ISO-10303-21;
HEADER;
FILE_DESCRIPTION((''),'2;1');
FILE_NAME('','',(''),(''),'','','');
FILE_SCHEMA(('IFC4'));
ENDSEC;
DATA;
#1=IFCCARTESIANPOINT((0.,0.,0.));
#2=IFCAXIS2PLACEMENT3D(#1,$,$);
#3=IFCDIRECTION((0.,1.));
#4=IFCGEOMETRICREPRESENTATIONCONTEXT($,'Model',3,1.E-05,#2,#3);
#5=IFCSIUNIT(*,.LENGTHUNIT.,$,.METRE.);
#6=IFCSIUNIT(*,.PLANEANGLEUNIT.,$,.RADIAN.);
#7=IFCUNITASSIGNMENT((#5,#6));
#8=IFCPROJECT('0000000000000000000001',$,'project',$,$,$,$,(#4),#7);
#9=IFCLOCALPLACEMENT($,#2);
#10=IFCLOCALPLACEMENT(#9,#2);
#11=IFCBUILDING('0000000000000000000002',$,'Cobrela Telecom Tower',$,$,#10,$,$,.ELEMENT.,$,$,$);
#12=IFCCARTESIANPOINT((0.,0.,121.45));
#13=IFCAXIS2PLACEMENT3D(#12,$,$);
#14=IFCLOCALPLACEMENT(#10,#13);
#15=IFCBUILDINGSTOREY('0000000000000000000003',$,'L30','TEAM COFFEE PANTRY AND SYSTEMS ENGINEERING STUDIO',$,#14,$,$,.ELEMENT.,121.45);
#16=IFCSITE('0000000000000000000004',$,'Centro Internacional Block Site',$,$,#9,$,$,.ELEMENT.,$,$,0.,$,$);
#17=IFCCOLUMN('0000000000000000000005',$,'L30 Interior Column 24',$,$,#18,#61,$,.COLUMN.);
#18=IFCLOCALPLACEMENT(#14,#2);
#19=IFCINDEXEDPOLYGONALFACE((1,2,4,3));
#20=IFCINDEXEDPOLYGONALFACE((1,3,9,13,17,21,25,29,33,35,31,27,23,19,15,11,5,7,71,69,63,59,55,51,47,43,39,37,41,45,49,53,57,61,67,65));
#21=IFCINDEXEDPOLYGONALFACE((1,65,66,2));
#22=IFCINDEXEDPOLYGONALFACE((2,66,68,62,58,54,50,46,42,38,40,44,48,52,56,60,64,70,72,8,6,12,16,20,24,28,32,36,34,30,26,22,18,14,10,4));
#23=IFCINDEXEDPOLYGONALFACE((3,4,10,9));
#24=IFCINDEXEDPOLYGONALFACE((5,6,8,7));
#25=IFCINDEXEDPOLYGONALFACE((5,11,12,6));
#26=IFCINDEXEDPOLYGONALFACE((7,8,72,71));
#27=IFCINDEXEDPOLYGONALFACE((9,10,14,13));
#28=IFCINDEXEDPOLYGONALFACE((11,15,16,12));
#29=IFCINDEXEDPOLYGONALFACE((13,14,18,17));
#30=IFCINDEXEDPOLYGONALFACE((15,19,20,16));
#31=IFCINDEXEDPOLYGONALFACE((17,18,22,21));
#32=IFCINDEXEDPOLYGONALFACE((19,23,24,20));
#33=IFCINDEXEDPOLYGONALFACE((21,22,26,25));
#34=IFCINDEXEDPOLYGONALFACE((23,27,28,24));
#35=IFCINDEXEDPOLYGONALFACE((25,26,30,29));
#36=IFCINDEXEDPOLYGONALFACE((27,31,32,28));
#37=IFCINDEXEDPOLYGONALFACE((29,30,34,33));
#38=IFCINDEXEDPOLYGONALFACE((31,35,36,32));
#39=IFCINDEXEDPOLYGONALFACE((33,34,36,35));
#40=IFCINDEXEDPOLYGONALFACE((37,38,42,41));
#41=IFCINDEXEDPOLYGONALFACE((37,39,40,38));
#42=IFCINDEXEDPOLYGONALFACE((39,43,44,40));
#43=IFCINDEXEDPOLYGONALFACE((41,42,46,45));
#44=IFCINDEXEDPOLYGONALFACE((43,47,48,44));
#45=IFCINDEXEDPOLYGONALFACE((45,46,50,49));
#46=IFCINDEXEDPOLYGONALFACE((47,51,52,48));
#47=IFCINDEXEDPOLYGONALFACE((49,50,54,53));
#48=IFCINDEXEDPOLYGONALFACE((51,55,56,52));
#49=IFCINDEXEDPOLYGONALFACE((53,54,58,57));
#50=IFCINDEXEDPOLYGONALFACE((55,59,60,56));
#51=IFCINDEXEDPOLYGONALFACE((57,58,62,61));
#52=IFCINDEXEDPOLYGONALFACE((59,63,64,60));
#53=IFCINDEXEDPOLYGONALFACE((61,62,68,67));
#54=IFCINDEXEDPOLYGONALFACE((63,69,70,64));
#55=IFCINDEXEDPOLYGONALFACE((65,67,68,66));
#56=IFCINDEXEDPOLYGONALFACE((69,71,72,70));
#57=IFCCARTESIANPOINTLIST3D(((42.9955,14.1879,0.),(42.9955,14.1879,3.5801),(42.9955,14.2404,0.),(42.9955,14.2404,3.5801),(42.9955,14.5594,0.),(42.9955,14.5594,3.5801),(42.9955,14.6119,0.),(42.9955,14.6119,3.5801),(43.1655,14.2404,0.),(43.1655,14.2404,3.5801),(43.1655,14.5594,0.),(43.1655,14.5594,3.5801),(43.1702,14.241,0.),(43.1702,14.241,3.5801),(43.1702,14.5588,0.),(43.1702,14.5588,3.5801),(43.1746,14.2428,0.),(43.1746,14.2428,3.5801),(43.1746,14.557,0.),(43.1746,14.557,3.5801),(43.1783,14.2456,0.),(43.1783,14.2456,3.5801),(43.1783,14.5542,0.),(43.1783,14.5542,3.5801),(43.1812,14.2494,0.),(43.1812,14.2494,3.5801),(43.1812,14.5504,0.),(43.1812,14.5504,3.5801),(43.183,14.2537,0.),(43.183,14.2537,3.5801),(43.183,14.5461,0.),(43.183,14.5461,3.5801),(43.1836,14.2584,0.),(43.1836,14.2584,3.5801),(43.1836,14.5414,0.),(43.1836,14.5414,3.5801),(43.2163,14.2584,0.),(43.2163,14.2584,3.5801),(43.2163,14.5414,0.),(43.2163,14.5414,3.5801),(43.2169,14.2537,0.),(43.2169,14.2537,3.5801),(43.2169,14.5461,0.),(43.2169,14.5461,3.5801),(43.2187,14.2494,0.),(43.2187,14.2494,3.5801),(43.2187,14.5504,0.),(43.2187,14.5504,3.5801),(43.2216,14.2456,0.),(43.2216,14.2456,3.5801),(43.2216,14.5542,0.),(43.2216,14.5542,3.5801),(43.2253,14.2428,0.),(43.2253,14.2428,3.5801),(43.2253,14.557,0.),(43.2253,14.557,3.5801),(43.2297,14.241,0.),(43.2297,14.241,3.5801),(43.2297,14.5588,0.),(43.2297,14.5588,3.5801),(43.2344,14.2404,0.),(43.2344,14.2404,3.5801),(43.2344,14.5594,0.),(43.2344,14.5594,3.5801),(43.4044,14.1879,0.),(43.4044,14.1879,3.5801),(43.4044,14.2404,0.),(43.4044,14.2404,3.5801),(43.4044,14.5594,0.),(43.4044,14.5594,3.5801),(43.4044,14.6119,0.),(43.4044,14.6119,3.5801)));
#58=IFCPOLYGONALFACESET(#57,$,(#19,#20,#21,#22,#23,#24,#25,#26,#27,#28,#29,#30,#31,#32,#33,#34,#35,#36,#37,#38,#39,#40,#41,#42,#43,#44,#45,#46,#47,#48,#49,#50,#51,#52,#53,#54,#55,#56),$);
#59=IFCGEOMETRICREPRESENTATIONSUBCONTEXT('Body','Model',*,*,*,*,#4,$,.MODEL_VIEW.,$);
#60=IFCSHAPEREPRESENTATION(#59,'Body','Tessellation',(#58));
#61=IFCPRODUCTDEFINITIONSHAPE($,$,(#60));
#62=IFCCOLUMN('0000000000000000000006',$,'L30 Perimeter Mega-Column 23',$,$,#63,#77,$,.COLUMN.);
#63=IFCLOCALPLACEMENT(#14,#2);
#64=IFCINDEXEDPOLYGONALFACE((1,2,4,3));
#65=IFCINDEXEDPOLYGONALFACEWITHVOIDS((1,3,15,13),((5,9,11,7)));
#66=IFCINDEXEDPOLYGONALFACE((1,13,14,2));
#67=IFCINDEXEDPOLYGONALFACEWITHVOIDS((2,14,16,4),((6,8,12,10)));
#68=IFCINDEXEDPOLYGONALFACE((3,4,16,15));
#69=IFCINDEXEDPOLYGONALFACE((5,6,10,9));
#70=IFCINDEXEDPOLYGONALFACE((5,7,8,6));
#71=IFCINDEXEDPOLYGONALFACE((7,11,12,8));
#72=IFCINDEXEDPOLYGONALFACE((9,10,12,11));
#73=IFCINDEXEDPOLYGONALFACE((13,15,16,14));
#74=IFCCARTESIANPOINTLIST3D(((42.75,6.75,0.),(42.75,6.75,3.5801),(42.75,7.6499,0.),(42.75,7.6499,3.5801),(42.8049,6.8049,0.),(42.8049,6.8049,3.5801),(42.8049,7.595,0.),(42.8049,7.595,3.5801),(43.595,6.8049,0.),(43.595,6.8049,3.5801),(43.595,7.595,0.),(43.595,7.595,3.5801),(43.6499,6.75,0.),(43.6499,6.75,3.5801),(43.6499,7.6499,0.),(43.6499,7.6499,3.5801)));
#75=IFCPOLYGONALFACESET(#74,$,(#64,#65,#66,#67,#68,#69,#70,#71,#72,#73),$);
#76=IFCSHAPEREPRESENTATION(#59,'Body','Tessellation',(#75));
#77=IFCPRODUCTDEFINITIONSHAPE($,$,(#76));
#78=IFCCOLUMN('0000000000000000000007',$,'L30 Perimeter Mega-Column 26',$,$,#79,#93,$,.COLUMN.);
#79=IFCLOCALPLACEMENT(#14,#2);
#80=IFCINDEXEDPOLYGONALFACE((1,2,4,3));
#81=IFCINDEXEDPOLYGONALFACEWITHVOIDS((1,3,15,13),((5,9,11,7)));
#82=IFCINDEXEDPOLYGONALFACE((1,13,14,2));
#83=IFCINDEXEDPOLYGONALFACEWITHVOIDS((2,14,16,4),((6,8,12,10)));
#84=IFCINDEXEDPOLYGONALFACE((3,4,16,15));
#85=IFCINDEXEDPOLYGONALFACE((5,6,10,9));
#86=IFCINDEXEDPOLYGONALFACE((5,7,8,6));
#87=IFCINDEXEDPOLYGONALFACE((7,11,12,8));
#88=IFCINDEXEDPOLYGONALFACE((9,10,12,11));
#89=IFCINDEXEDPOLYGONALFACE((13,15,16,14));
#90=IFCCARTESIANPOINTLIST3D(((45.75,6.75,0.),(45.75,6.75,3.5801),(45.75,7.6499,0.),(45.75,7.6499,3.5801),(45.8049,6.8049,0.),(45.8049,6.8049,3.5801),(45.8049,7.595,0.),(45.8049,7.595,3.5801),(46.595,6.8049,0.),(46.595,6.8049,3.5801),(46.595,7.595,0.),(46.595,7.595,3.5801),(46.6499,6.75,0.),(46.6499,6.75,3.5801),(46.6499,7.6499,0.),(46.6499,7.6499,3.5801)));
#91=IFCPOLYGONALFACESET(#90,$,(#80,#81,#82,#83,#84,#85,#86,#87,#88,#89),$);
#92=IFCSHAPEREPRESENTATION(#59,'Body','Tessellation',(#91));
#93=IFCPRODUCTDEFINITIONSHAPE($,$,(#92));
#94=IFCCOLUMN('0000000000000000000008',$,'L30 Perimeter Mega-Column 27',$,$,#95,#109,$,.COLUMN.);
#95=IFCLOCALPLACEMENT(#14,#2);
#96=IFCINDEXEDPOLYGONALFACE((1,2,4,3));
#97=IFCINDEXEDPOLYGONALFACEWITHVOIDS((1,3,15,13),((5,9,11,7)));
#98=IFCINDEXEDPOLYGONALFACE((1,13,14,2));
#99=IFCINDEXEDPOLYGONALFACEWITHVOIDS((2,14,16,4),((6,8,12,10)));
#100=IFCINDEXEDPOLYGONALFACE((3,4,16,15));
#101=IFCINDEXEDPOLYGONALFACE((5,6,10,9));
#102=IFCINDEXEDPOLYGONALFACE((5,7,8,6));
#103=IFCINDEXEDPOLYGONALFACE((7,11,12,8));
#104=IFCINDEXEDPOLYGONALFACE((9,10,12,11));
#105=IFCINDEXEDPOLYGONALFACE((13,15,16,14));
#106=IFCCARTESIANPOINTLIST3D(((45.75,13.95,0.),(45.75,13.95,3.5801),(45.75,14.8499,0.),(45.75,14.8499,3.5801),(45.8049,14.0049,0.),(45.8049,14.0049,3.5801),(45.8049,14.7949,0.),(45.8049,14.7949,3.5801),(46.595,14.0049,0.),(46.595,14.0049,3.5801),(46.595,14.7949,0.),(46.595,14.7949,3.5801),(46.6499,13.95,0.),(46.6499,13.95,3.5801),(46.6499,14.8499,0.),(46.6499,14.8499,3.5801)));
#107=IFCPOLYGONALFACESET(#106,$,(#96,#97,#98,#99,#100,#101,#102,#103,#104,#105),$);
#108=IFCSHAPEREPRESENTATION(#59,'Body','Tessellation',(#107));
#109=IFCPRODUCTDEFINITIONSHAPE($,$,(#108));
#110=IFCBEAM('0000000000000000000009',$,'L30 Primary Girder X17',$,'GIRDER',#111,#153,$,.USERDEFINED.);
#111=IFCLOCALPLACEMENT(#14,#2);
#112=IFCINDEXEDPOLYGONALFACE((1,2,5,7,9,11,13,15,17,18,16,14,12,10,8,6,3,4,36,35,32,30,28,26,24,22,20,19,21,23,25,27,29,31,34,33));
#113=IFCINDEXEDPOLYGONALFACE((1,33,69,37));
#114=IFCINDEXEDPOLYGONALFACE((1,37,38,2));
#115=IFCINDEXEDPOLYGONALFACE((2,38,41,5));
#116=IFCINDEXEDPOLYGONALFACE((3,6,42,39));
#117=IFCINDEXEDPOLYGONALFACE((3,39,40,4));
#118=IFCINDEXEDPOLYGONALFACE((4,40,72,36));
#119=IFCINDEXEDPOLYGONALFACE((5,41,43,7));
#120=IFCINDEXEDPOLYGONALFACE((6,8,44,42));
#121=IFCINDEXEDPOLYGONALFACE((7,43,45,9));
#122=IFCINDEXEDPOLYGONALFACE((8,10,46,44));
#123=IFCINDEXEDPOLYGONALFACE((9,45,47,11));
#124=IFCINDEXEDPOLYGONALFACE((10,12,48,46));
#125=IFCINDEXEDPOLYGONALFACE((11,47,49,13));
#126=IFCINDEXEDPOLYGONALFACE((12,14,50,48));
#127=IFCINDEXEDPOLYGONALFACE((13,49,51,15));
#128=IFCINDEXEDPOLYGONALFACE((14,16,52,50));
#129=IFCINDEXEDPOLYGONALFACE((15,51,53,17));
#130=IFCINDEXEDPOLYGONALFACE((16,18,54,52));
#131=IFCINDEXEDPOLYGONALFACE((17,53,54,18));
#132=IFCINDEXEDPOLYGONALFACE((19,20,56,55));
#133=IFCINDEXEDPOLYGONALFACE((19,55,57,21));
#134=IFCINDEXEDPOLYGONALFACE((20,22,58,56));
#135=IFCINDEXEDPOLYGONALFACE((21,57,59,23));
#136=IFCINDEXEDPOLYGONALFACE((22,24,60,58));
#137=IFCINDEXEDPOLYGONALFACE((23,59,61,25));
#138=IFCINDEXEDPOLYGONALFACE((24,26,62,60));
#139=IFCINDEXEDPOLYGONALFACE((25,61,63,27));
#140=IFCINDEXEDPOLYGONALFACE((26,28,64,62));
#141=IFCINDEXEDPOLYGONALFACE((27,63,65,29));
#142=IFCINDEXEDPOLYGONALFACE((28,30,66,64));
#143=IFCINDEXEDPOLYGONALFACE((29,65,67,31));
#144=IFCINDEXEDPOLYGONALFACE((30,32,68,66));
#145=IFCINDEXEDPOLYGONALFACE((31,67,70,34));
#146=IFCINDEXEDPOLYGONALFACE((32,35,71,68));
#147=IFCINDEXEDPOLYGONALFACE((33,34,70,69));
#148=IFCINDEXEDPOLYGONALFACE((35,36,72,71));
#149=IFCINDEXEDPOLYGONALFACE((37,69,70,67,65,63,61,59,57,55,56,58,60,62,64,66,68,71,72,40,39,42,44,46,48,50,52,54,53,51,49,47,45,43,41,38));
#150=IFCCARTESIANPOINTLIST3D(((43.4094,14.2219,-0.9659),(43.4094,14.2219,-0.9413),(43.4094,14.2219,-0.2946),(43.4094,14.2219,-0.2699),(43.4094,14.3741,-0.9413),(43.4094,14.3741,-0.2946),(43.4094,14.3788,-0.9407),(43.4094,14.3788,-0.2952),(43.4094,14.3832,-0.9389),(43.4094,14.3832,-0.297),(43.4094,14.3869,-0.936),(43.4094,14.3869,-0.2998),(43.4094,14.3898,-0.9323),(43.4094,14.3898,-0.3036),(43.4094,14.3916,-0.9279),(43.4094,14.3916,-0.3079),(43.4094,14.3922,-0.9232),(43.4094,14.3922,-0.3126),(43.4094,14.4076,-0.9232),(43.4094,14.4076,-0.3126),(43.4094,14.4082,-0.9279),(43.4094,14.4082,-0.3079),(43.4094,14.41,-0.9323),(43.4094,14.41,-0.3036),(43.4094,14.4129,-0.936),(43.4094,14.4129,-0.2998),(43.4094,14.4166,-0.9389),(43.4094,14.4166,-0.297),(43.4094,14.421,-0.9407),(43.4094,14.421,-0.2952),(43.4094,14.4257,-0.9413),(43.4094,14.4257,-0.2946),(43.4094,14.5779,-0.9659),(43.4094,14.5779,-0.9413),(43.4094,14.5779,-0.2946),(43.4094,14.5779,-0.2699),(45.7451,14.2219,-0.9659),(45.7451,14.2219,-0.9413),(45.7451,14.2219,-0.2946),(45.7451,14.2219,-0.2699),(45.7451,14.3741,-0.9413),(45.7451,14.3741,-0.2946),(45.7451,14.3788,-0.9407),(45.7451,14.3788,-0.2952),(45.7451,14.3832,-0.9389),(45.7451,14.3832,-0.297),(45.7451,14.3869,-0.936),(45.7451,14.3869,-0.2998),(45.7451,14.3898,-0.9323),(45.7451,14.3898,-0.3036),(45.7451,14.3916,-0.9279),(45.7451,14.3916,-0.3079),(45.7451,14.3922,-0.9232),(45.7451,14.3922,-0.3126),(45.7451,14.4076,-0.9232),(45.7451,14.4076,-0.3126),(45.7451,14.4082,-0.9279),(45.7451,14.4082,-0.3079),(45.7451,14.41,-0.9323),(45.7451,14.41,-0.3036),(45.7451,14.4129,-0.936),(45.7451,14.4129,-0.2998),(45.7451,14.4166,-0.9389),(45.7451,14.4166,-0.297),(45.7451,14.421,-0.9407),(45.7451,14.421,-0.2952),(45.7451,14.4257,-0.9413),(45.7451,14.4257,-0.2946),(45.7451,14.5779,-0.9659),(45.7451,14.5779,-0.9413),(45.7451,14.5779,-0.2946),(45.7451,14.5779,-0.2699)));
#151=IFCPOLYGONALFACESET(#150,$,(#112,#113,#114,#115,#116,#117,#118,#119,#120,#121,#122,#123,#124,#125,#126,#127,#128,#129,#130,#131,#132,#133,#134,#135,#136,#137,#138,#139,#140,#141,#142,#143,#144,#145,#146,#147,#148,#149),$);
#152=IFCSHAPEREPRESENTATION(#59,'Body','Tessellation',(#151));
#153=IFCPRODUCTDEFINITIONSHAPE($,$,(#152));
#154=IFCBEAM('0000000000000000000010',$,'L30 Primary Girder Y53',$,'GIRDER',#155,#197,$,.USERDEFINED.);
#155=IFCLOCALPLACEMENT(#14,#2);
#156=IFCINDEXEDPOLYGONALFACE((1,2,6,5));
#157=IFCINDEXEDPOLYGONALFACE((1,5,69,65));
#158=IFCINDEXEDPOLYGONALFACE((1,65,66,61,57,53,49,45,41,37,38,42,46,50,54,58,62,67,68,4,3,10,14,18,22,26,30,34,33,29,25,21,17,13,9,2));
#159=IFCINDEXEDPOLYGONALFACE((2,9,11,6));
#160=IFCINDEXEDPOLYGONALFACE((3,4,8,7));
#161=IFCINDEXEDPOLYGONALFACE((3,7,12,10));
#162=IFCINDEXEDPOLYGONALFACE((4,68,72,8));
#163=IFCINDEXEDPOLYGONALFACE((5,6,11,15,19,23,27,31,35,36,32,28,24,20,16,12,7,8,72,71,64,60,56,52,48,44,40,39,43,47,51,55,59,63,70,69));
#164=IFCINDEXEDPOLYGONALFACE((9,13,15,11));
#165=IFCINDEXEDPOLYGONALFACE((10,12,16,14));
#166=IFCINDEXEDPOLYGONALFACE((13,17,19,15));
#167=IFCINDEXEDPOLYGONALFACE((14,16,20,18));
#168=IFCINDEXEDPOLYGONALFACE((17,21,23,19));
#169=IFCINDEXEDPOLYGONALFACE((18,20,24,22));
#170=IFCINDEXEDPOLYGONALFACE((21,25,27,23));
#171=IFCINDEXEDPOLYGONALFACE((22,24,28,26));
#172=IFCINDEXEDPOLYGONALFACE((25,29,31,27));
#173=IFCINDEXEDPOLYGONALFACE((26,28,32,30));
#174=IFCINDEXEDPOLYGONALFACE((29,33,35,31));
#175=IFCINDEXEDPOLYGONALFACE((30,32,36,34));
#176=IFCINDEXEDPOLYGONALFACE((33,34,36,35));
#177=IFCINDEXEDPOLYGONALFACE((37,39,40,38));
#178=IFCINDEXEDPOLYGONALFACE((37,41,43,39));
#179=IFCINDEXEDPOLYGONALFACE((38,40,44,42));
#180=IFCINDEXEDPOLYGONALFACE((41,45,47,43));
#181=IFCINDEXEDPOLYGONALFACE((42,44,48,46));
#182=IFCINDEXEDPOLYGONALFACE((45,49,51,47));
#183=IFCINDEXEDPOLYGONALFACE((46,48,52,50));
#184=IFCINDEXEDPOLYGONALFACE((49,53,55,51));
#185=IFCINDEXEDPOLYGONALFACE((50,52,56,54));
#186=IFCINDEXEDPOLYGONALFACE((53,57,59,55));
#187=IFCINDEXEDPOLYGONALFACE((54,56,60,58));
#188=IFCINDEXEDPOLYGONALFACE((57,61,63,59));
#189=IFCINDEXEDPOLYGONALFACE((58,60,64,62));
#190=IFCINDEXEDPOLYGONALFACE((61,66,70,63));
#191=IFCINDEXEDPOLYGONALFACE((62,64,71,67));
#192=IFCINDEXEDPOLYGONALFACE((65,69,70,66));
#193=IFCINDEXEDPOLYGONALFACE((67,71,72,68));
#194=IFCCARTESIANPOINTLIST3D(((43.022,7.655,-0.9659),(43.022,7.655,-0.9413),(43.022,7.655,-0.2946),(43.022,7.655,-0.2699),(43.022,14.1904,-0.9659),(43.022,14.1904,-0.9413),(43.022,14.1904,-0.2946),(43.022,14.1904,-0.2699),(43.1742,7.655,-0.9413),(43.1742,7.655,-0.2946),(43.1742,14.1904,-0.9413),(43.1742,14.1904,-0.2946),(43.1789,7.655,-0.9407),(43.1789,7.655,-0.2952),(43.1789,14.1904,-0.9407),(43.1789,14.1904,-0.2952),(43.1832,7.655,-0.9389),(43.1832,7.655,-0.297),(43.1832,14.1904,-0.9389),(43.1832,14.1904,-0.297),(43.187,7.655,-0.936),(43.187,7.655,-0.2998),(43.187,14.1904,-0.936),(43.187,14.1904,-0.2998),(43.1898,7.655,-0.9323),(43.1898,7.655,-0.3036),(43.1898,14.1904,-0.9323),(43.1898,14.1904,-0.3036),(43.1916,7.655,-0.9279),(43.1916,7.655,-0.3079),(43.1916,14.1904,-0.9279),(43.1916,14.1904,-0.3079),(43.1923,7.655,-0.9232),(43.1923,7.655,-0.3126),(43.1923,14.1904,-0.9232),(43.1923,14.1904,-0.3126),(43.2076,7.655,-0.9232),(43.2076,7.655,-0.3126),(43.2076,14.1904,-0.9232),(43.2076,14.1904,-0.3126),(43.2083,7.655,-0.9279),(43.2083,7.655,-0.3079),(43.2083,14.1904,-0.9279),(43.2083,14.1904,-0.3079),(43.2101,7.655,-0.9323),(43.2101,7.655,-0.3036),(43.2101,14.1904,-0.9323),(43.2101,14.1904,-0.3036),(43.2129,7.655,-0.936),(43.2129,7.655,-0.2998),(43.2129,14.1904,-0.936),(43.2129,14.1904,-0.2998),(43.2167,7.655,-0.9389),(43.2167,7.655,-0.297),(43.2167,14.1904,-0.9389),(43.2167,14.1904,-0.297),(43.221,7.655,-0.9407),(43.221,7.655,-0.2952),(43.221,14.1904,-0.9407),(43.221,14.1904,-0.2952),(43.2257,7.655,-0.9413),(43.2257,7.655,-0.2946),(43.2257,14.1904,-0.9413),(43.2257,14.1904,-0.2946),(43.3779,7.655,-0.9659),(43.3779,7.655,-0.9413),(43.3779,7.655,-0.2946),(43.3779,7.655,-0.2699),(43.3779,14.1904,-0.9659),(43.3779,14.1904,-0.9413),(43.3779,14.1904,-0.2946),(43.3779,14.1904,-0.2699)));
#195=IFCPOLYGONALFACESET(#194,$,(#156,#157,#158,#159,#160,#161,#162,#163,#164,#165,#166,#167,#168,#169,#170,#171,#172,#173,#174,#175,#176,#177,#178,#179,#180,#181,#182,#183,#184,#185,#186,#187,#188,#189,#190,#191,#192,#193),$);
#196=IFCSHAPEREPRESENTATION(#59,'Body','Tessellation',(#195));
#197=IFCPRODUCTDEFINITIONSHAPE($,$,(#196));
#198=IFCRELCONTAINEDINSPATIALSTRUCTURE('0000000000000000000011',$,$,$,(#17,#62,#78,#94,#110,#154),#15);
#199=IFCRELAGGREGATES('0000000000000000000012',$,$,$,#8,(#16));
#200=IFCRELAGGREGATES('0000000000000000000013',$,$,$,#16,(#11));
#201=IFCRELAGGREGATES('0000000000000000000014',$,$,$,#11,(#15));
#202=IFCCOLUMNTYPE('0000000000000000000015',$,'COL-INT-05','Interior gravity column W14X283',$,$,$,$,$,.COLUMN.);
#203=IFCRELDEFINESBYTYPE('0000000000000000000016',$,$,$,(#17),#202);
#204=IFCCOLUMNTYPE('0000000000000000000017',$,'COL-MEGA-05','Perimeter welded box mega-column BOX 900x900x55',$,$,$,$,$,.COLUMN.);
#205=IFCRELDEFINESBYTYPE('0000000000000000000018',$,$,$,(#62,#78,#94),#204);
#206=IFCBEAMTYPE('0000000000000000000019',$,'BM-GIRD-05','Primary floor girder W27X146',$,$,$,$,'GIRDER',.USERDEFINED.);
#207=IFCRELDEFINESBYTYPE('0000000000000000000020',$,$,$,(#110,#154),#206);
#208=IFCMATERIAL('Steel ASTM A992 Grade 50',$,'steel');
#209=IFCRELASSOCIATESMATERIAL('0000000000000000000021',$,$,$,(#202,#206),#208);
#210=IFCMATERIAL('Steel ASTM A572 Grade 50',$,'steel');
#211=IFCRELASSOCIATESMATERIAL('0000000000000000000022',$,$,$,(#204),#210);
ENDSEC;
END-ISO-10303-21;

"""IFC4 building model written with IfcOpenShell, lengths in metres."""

from ifc_helpers import new_model, si_unit, direction, frame, origin, origin_2d, place, context, subcontext, project, spatial, hollow_rectangle, i_section, extrude, material, material_profile, profile_set, type_object, element, save


model = new_model("IFC4")

# Units and contexts
model_context = context("Model", 3, precision=1e-05, world=origin(), true_north=direction((0.0, 1.0)))
body_context = subcontext(model_context, "Body", "Model", "MODEL_VIEW")
ifc_project = project(units=[si_unit("LENGTHUNIT", "METRE"), si_unit("PLANEANGLEUNIT", "RADIAN")], contexts=[model_context])

# Site, building, storey
site_placement = place(None, origin())
site = spatial("IfcSite", under=ifc_project, at=site_placement, Name="Centro Internacional Block Site", CompositionType="ELEMENT", RefElevation=0.0)
building_placement = place(site_placement, origin())
building = spatial("IfcBuilding", under=site, at=building_placement, Name="Cobrela Telecom Tower", CompositionType="ELEMENT")
storey_placement = place(building_placement, frame((0.0, 0.0, 121.45)))
storey = spatial("IfcBuildingStorey", under=building, at=storey_placement, Name="L30", Description="TEAM COFFEE PANTRY AND SYSTEMS ENGINEERING STUDIO", CompositionType="ELEMENT", Elevation=121.45)

# Columns
ifc_material_1 = material(Name="Steel ASTM A992 Grade 50", Category="steel")
ifc_material_profile_1 = material_profile(ifc_material_1, i_section(OverallWidth=0.4089, OverallDepth=0.4241, WebThickness=0.0327, FlangeThickness=0.0525, FilletRadius=0.0181, at=origin_2d()), Name="W14X283")
ifc_profile_set_1 = profile_set([ifc_material_profile_1], Name="Steel ASTM A992 Grade 50")
column_type_1 = type_object("IfcColumnType", Name="COL-INT-05", Description="Interior gravity column W14X283", PredefinedType="COLUMN", material=ifc_profile_set_1)
column_placement = place(storey_placement, frame((43.2, 14.3999, 0.0), z_axis=(0.0, 0.0, 1.0), x_axis=(1.0, 0.0, 0.0)))
element("IfcColumn", 1, at=column_placement, inside=storey, type_object=column_type_1, Name="L30 Interior Column 24", PredefinedType="COLUMN", context=body_context, shape_type="SweptSolid", body=[
    extrude(i_section(OverallWidth=0.4089, OverallDepth=0.4241, WebThickness=0.0327, FlangeThickness=0.0525, FilletRadius=0.0181, at=origin_2d()), origin(), (0.0, 0.0, 1.0), 3.5801),
])
ifc_material_2 = material(Name="Steel ASTM A572 Grade 50", Category="steel")
ifc_material_profile_2 = material_profile(ifc_material_2, hollow_rectangle(XDim=0.8999, YDim=0.8999, WallThickness=0.0549, at=origin_2d()), Name="BOX 900x900x55")
ifc_profile_set_2 = profile_set([ifc_material_profile_2], Name="Steel ASTM A572 Grade 50")
column_type_2 = type_object("IfcColumnType", Name="COL-MEGA-05", Description="Perimeter welded box mega-column BOX 900x900x55", PredefinedType="COLUMN", material=ifc_profile_set_2)
for number, where, z_axis, x_axis, name in (
    (2, (43.2, 7.2, 0.0), (0.0, 0.0, 1.0), (1.0, 0.0, 0.0), "L30 Perimeter Mega-Column 23"),
    (3, (46.2, 7.2, 0.0), (0.0, 0.0, 1.0), (1.0, 0.0, 0.0), "L30 Perimeter Mega-Column 26"),
    (4, (46.2, 14.3999, 0.0), (0.0, 0.0, 1.0), (1.0, 0.0, 0.0), "L30 Perimeter Mega-Column 27"),
):
    element("IfcColumn", number, at=place(storey_placement, frame(where, z_axis=z_axis, x_axis=x_axis)), inside=storey, type_object=column_type_2, Name=name, PredefinedType="COLUMN", context=body_context, shape_type="SweptSolid", body=[
        extrude(hollow_rectangle(XDim=0.8999, YDim=0.8999, WallThickness=0.0549, at=origin_2d()), origin(), (0.0, 0.0, 1.0), 3.5801),
    ])

# Beams
ifc_material_profile_3 = material_profile(ifc_material_1, i_section(OverallWidth=0.356, OverallDepth=0.696, WebThickness=0.0154, FlangeThickness=0.0247, FilletRadius=0.0181, at=origin_2d()), Name="W27X146")
ifc_profile_set_3 = profile_set([ifc_material_profile_3], Name="Steel ASTM A992 Grade 50")
beam_type_1 = type_object("IfcBeamType", Name="BM-GIRD-05", Description="Primary floor girder W27X146", ElementType="GIRDER", PredefinedType="USERDEFINED", material=ifc_profile_set_3)
beam_1_placement = place(storey_placement, frame((43.4094, 14.3999, -0.6179), z_axis=(1.0, 0.0, 0.0), x_axis=(0.0, 1.0, 0.0)))
element("IfcBeam", 5, at=beam_1_placement, inside=storey, type_object=beam_type_1, Name="L30 Primary Girder X17", ObjectType="GIRDER", PredefinedType="USERDEFINED", context=body_context, shape_type="SweptSolid", body=[
    extrude(i_section(OverallWidth=0.356, OverallDepth=0.696, WebThickness=0.0154, FlangeThickness=0.0247, FilletRadius=0.0181, at=origin_2d()), origin(), (0.0, 0.0, 1.0), 2.3357),
])
beam_2_placement = place(storey_placement, frame((43.2, 7.655, -0.6179), z_axis=(0.0, 1.0, 0.0), x_axis=(-1.0, 0.0, 0.0)))
element("IfcBeam", 6, at=beam_2_placement, inside=storey, type_object=beam_type_1, Name="L30 Primary Girder Y53", ObjectType="GIRDER", PredefinedType="USERDEFINED", context=body_context, shape_type="SweptSolid", body=[
    extrude(i_section(OverallWidth=0.356, OverallDepth=0.696, WebThickness=0.0154, FlangeThickness=0.0247, FilletRadius=0.0181, at=origin_2d()), origin(), (0.0, 0.0, 1.0), 6.5354),
])

save(model, "model.ifc")
